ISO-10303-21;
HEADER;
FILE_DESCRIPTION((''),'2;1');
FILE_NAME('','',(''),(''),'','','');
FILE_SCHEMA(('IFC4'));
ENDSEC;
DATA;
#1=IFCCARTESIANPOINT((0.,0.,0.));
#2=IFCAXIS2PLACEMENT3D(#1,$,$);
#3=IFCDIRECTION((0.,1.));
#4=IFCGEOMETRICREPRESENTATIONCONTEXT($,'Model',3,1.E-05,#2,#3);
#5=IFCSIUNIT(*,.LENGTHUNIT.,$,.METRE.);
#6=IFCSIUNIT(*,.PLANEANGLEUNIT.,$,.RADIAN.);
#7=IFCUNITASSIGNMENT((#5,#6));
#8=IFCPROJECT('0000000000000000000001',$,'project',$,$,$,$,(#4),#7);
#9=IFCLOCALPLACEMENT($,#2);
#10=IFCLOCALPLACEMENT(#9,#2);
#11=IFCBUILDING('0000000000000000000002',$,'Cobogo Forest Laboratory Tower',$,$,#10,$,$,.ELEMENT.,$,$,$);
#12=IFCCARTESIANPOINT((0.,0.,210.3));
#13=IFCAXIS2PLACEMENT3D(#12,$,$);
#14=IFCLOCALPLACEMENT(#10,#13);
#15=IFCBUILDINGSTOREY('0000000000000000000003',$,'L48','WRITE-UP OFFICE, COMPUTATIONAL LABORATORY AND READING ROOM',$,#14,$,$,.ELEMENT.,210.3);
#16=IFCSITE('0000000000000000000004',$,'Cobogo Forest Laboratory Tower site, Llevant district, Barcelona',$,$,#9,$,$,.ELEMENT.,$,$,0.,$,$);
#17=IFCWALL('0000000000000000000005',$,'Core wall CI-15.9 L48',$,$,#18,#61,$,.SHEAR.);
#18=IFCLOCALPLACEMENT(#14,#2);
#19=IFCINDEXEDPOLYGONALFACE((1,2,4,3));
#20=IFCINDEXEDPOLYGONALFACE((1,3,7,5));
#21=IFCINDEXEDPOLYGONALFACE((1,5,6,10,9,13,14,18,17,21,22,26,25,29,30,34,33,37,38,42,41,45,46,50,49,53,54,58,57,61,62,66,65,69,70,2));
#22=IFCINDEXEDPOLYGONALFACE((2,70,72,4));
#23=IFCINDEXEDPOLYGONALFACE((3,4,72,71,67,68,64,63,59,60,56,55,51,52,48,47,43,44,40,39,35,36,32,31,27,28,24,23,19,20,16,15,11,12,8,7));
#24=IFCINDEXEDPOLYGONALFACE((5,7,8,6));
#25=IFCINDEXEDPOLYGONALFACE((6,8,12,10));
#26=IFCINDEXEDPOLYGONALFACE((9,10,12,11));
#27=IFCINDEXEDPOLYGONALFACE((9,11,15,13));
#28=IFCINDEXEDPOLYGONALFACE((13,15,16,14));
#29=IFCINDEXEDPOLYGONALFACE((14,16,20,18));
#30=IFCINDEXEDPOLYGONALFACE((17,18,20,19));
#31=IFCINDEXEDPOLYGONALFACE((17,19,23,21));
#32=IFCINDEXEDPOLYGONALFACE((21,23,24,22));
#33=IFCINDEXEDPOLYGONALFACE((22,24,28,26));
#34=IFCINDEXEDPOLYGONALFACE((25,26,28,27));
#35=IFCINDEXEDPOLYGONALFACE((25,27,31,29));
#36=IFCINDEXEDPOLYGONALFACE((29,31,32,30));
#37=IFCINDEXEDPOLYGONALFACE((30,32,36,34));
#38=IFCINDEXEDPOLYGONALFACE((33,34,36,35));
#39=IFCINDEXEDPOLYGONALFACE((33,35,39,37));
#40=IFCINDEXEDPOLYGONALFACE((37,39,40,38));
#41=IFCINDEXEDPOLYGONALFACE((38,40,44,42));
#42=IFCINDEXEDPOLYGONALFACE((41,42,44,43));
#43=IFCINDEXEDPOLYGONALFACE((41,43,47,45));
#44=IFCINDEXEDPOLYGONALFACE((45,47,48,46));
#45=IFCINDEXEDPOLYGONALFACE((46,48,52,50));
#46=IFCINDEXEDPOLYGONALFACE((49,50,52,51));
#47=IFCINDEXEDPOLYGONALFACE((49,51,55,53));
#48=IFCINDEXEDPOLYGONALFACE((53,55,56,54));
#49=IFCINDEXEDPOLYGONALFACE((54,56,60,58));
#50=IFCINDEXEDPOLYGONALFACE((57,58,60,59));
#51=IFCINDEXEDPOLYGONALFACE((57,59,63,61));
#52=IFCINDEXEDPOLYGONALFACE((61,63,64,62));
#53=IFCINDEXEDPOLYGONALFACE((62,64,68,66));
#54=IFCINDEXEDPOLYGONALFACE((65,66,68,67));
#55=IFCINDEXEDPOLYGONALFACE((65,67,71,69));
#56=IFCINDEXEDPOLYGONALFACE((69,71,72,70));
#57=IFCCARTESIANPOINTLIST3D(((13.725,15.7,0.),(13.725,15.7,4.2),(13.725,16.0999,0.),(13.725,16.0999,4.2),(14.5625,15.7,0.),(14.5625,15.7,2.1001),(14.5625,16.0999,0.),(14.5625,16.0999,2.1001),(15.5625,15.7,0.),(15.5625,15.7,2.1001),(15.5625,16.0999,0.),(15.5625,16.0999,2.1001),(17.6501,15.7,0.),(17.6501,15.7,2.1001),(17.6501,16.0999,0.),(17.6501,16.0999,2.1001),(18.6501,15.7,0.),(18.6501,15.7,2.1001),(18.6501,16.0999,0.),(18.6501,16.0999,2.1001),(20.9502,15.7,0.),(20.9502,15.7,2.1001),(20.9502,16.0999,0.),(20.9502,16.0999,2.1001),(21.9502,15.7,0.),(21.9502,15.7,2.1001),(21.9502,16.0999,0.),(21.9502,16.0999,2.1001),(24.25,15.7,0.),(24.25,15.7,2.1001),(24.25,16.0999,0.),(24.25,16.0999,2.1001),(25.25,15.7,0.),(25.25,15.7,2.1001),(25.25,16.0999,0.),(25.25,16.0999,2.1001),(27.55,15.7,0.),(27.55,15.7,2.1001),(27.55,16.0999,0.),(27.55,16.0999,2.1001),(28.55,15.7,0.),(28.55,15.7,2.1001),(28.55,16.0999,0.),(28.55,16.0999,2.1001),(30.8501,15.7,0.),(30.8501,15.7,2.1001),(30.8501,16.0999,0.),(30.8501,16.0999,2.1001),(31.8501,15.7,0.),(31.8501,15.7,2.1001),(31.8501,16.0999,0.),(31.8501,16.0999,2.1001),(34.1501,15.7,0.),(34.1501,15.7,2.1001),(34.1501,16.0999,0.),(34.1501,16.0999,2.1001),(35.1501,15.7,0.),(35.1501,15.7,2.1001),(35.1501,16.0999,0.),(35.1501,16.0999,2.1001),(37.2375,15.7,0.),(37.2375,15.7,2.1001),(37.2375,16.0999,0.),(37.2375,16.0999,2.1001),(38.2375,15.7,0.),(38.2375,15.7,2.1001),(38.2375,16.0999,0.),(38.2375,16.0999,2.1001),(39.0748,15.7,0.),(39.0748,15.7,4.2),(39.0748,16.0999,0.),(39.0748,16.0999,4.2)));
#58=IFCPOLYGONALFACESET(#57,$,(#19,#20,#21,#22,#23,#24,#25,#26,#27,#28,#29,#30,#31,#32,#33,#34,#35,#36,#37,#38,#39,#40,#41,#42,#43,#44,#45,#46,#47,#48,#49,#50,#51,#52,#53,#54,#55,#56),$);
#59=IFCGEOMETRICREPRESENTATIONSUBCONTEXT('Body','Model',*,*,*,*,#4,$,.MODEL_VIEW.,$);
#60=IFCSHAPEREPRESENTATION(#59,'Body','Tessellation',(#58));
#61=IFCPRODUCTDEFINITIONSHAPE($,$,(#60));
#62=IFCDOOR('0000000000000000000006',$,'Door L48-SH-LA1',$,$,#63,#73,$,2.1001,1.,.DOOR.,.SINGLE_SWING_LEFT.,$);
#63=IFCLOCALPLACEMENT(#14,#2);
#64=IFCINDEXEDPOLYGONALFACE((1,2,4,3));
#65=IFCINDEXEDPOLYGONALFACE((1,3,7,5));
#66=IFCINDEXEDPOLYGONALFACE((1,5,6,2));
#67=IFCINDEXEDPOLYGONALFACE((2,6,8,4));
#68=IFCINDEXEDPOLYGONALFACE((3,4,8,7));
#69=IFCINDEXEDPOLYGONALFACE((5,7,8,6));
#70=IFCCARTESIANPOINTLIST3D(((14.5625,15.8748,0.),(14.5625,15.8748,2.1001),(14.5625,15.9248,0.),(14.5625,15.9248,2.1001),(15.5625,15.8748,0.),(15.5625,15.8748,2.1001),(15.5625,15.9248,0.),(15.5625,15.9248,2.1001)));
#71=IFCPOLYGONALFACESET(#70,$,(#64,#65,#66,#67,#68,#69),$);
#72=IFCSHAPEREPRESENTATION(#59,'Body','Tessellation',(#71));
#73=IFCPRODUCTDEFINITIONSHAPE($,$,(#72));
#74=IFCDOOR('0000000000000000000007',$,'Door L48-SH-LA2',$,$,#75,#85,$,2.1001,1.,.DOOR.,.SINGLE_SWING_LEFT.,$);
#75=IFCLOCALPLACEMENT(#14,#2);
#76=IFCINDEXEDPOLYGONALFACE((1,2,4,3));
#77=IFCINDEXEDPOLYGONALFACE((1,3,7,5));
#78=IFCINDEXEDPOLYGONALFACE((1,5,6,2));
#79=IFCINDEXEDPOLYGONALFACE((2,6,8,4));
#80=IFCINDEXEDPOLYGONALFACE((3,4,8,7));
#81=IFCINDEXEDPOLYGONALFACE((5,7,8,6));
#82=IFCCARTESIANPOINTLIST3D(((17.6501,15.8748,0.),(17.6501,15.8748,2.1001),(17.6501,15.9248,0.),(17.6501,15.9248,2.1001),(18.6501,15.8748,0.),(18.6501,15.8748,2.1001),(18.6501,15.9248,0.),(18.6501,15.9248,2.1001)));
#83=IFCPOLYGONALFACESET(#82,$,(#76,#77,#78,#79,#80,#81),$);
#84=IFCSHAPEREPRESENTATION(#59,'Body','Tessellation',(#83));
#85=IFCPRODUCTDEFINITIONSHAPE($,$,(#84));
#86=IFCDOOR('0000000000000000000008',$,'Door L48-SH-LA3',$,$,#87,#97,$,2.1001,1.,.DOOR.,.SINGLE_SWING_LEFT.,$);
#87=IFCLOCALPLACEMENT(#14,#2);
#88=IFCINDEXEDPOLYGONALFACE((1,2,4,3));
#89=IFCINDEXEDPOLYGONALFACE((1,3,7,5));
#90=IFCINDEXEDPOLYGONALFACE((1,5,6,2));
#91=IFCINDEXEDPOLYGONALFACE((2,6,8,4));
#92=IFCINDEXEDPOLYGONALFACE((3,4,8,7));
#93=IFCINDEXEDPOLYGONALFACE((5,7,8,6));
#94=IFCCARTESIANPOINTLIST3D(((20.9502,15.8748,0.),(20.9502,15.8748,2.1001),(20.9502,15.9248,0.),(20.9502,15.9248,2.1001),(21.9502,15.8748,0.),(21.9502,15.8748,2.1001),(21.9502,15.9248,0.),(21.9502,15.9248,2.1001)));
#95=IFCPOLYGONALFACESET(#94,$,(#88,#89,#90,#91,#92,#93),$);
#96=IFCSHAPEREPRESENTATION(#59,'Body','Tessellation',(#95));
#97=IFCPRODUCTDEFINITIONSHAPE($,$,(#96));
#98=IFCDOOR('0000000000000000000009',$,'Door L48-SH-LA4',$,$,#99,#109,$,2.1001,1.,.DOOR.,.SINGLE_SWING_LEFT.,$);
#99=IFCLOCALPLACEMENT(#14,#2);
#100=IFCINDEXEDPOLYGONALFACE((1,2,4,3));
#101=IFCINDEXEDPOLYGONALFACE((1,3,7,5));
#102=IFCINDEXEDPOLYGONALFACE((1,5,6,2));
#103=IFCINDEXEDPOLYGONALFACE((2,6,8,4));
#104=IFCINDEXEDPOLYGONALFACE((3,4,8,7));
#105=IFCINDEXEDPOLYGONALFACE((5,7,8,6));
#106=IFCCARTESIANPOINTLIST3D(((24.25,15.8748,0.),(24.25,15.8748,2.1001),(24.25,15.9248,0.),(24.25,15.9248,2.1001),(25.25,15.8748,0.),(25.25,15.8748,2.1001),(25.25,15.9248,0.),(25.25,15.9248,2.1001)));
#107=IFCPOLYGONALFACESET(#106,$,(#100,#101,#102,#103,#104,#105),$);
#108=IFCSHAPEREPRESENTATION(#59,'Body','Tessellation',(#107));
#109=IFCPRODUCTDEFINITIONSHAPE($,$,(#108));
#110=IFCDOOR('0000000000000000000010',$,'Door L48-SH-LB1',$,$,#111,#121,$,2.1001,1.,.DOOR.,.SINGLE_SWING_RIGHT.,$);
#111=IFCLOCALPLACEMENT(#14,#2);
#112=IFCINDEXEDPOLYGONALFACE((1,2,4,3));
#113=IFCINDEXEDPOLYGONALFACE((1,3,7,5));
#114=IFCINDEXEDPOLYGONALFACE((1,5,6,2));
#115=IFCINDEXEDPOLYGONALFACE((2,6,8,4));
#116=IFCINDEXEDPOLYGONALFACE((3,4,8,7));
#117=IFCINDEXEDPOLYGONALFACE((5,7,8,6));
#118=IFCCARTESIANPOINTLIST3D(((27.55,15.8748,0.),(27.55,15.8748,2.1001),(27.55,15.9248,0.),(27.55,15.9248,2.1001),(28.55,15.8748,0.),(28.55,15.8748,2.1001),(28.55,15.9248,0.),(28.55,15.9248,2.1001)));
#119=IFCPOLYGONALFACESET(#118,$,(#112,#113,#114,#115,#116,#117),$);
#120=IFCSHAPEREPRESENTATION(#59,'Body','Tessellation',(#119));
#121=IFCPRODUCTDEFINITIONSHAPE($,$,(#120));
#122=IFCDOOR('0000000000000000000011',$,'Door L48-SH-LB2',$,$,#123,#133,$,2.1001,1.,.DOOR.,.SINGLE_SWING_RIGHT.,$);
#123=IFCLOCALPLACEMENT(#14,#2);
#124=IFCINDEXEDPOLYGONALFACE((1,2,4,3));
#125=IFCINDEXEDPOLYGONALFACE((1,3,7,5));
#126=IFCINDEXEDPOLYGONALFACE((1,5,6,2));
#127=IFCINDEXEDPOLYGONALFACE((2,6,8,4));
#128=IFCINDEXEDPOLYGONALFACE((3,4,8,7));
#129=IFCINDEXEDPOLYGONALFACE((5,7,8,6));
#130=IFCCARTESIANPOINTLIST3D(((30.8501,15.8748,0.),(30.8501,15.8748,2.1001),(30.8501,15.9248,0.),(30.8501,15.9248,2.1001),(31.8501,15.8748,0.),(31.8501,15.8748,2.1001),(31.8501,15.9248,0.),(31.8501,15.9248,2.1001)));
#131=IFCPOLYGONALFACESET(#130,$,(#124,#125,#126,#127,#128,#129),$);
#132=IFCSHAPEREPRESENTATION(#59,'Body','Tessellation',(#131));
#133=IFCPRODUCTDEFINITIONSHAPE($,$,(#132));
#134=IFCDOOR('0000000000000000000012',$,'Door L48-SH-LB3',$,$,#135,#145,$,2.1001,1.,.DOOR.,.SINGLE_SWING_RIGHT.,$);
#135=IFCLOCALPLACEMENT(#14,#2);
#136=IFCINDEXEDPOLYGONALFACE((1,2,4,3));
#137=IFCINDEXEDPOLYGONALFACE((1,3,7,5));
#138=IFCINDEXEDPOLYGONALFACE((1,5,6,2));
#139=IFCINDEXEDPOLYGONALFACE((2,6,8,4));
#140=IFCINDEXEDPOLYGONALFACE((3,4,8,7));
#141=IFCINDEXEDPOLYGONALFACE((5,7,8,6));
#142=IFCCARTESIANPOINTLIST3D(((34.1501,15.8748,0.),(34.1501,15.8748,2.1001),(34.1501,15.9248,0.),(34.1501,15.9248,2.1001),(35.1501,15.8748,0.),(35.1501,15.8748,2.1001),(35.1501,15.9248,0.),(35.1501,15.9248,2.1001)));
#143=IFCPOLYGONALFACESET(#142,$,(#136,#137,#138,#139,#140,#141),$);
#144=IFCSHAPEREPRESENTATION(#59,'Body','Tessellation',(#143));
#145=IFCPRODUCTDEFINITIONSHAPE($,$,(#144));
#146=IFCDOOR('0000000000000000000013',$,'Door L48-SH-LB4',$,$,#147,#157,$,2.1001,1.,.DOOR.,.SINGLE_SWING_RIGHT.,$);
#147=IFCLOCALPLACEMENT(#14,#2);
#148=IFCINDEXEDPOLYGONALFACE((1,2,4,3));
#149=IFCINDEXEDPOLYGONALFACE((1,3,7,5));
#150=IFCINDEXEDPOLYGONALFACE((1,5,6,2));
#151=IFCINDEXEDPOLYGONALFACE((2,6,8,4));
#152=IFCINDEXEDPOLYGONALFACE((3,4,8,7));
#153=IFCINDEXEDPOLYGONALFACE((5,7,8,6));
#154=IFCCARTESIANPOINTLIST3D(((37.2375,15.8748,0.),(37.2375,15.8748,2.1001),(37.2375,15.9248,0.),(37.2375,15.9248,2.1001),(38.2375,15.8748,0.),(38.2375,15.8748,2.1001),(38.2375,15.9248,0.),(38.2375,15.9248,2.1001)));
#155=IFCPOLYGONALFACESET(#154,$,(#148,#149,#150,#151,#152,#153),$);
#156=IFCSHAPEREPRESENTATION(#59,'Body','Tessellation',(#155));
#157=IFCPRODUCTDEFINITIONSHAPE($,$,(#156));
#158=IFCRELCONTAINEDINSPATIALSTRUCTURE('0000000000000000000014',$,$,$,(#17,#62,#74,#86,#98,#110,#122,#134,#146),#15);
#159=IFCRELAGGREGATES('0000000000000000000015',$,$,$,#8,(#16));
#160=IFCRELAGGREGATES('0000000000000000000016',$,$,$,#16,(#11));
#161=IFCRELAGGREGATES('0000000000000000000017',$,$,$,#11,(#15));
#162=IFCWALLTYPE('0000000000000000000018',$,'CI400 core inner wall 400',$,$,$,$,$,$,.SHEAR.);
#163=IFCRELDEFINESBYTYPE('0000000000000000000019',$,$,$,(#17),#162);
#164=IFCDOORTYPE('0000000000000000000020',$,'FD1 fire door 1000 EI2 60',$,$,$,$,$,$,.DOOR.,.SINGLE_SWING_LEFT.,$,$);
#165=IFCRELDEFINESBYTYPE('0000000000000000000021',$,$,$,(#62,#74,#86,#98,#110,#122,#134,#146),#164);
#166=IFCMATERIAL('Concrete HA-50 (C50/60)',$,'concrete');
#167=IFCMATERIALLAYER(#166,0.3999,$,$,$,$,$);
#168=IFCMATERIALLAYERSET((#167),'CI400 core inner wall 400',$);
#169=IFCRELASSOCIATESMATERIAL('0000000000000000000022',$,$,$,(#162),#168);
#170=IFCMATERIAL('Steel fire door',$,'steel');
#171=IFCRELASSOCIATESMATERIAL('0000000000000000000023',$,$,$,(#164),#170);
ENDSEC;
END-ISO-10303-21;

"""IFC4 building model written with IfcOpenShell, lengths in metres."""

from ifc_helpers import new_model, si_unit, direction, frame, frame_2d, origin, place, context, subcontext, project, spatial, rectangle, extrude, material, layer, layer_set, type_object, element, fill, save


model = new_model("IFC4")

# Units and contexts
model_context = context("Model", 3, precision=1e-05, world=origin(), true_north=direction((0.0, 1.0)))
body_context = subcontext(model_context, "Body", "Model", "MODEL_VIEW")
ifc_project = project(units=[si_unit("LENGTHUNIT", "METRE"), si_unit("PLANEANGLEUNIT", "RADIAN")], contexts=[model_context])

# Site, building, storey
site_placement = place(None, origin())
site = spatial("IfcSite", under=ifc_project, at=site_placement, Name="Cobogo Forest Laboratory Tower site, Llevant district, Barcelona", CompositionType="ELEMENT", RefElevation=0.0)
building_placement = place(site_placement, origin())
building = spatial("IfcBuilding", under=site, at=building_placement, Name="Cobogo Forest Laboratory Tower", CompositionType="ELEMENT")
storey_placement = place(building_placement, frame((0.0, 0.0, 210.3)))
storey = spatial("IfcBuildingStorey", under=building, at=storey_placement, Name="L48", Description="WRITE-UP OFFICE, COMPUTATIONAL LABORATORY AND READING ROOM", CompositionType="ELEMENT", Elevation=210.3)

# Wall, openings, doors
ifc_material_1 = material(Name="Concrete HA-50 (C50/60)", Category="concrete")
ifc_layer = layer(ifc_material_1, 0.3999)
ifc_layer_set = layer_set([ifc_layer], Name="CI400 core inner wall 400")
wall_type = type_object("IfcWallType", Name="CI400 core inner wall 400", PredefinedType="SHEAR", material=ifc_layer_set)
wall_1_placement = place(storey_placement, frame((13.7251, 15.8999, 0.0), z_axis=(0.0, 0.0, 1.0), x_axis=(1.0, 0.0, 0.0)))
wall_1 = element("IfcWall", 1, at=wall_1_placement, inside=storey, type_object=wall_type, Name="Core wall CI-15.9 L48", PredefinedType="SHEAR", context=body_context, shape_type="SweptSolid", body=[
    extrude(rectangle(XDim=25.3499, YDim=0.3999, at=frame_2d((12.6748, 0.0))), origin(), (0.0, 0.0, 1.0), 4.2),
])
opening_1_placement = place(wall_1_placement, frame((0.8374, 0.0, 0.0)))
opening_1 = element("IfcOpeningElement", 2, at=opening_1_placement, cuts=wall_1, PredefinedType="OPENING", context=body_context, shape_type="SweptSolid", body=[
    extrude(rectangle(XDim=1.0, YDim=2.1001, at=frame_2d((0.5, 1.05))), frame((0.0, 0.21, 0.0), z_axis=(0.0, -1.0, 0.0), x_axis=(1.0, 0.0, 0.0)), (0.0, 0.0, 1.0), 0.4199),
])
opening_2_placement = place(wall_1_placement, frame((3.925, 0.0, 0.0)))
opening_2 = element("IfcOpeningElement", 3, at=opening_2_placement, cuts=wall_1, PredefinedType="OPENING", context=body_context, shape_type="SweptSolid", body=[
    extrude(rectangle(XDim=1.0, YDim=2.1001, at=frame_2d((0.5, 1.05))), frame((0.0, 0.21, 0.0), z_axis=(0.0, -1.0, 0.0), x_axis=(1.0, 0.0, 0.0)), (0.0, 0.0, 1.0), 0.4199),
])
opening_3_placement = place(wall_1_placement, frame((7.2251, 0.0, 0.0)))
opening_3 = element("IfcOpeningElement", 4, at=opening_3_placement, cuts=wall_1, PredefinedType="OPENING", context=body_context, shape_type="SweptSolid", body=[
    extrude(rectangle(XDim=1.0, YDim=2.1001, at=frame_2d((0.5, 1.05))), frame((0.0, 0.21, 0.0), z_axis=(0.0, -1.0, 0.0), x_axis=(1.0, 0.0, 0.0)), (0.0, 0.0, 1.0), 0.4199),
])
opening_4_placement = place(wall_1_placement, frame((10.5249, 0.0, 0.0)))
opening_4 = element("IfcOpeningElement", 5, at=opening_4_placement, cuts=wall_1, PredefinedType="OPENING", context=body_context, shape_type="SweptSolid", body=[
    extrude(rectangle(XDim=1.0, YDim=2.1001, at=frame_2d((0.5, 1.05))), frame((0.0, 0.21, 0.0), z_axis=(0.0, -1.0, 0.0), x_axis=(1.0, 0.0, 0.0)), (0.0, 0.0, 1.0), 0.4199),
])
opening_5_placement = place(wall_1_placement, frame((13.825, 0.0, 0.0)))
opening_5 = element("IfcOpeningElement", 6, at=opening_5_placement, cuts=wall_1, PredefinedType="OPENING", context=body_context, shape_type="SweptSolid", body=[
    extrude(rectangle(XDim=1.0, YDim=2.1001, at=frame_2d((0.5, 1.05))), frame((0.0, 0.21, 0.0), z_axis=(0.0, -1.0, 0.0), x_axis=(1.0, 0.0, 0.0)), (0.0, 0.0, 1.0), 0.4199),
])
opening_6_placement = place(wall_1_placement, frame((17.125, 0.0, 0.0)))
opening_6 = element("IfcOpeningElement", 7, at=opening_6_placement, cuts=wall_1, PredefinedType="OPENING", context=body_context, shape_type="SweptSolid", body=[
    extrude(rectangle(XDim=1.0, YDim=2.1001, at=frame_2d((0.5, 1.05))), frame((0.0, 0.21, 0.0), z_axis=(0.0, -1.0, 0.0), x_axis=(1.0, 0.0, 0.0)), (0.0, 0.0, 1.0), 0.4199),
])
opening_7_placement = place(wall_1_placement, frame((20.425, 0.0, 0.0)))
opening_7 = element("IfcOpeningElement", 8, at=opening_7_placement, cuts=wall_1, PredefinedType="OPENING", context=body_context, shape_type="SweptSolid", body=[
    extrude(rectangle(XDim=1.0, YDim=2.1001, at=frame_2d((0.5, 1.05))), frame((0.0, 0.21, 0.0), z_axis=(0.0, -1.0, 0.0), x_axis=(1.0, 0.0, 0.0)), (0.0, 0.0, 1.0), 0.4199),
])
opening_8_placement = place(wall_1_placement, frame((23.5125, 0.0, 0.0)))
opening_8 = element("IfcOpeningElement", 9, at=opening_8_placement, cuts=wall_1, PredefinedType="OPENING", context=body_context, shape_type="SweptSolid", body=[
    extrude(rectangle(XDim=1.0, YDim=2.1001, at=frame_2d((0.5, 1.05))), frame((0.0, 0.21, 0.0), z_axis=(0.0, -1.0, 0.0), x_axis=(1.0, 0.0, 0.0)), (0.0, 0.0, 1.0), 0.4199),
])
ifc_material_2 = material(Name="Steel fire door", Category="steel")
door_type_1 = type_object("IfcDoorType", Name="FD1 fire door 1000 EI2 60", OperationType="SINGLE_SWING_LEFT", PredefinedType="DOOR", material=ifc_material_2)
door_1_placement = place(opening_1_placement, origin())
door_1 = element("IfcDoor", 10, at=door_1_placement, inside=storey, type_object=door_type_1, Name="Door L48-SH-LA1", OperationType="SINGLE_SWING_LEFT", OverallHeight=2.1001, OverallWidth=1.0, PredefinedType="DOOR", context=body_context, shape_type="SweptSolid", body=[
    extrude(rectangle(XDim=1.0, YDim=2.1001, at=frame_2d((0.5, 1.05))), frame((0.0, 0.0249, 0.0), z_axis=(0.0, -1.0, 0.0), x_axis=(1.0, 0.0, 0.0)), (0.0, 0.0, 1.0), 0.05),
])
fill(opening_1, door_1)
door_2_placement = place(opening_2_placement, origin())
door_2 = element("IfcDoor", 11, at=door_2_placement, inside=storey, type_object=door_type_1, Name="Door L48-SH-LA2", OperationType="SINGLE_SWING_LEFT", OverallHeight=2.1001, OverallWidth=1.0, PredefinedType="DOOR", context=body_context, shape_type="SweptSolid", body=[
    extrude(rectangle(XDim=1.0, YDim=2.1001, at=frame_2d((0.5, 1.05))), frame((0.0, 0.0249, 0.0), z_axis=(0.0, -1.0, 0.0), x_axis=(1.0, 0.0, 0.0)), (0.0, 0.0, 1.0), 0.05),
])
fill(opening_2, door_2)
door_3_placement = place(opening_3_placement, origin())
door_3 = element("IfcDoor", 12, at=door_3_placement, inside=storey, type_object=door_type_1, Name="Door L48-SH-LA3", OperationType="SINGLE_SWING_LEFT", OverallHeight=2.1001, OverallWidth=1.0, PredefinedType="DOOR", context=body_context, shape_type="SweptSolid", body=[
    extrude(rectangle(XDim=1.0, YDim=2.1001, at=frame_2d((0.5, 1.05))), frame((0.0, 0.0249, 0.0), z_axis=(0.0, -1.0, 0.0), x_axis=(1.0, 0.0, 0.0)), (0.0, 0.0, 1.0), 0.05),
])
fill(opening_3, door_3)
door_4_placement = place(opening_4_placement, origin())
door_4 = element("IfcDoor", 13, at=door_4_placement, inside=storey, type_object=door_type_1, Name="Door L48-SH-LA4", OperationType="SINGLE_SWING_LEFT", OverallHeight=2.1001, OverallWidth=1.0, PredefinedType="DOOR", context=body_context, shape_type="SweptSolid", body=[
    extrude(rectangle(XDim=1.0, YDim=2.1001, at=frame_2d((0.5, 1.05))), frame((0.0, 0.0249, 0.0), z_axis=(0.0, -1.0, 0.0), x_axis=(1.0, 0.0, 0.0)), (0.0, 0.0, 1.0), 0.05),
])
fill(opening_4, door_4)
door_5_placement = place(opening_5_placement, origin())
door_5 = element("IfcDoor", 14, at=door_5_placement, inside=storey, type_object=door_type_1, Name="Door L48-SH-LB1", OperationType="SINGLE_SWING_RIGHT", OverallHeight=2.1001, OverallWidth=1.0, PredefinedType="DOOR", context=body_context, shape_type="SweptSolid", body=[
    extrude(rectangle(XDim=1.0, YDim=2.1001, at=frame_2d((0.5, 1.05))), frame((0.0, 0.0249, 0.0), z_axis=(0.0, -1.0, 0.0), x_axis=(1.0, 0.0, 0.0)), (0.0, 0.0, 1.0), 0.05),
])
fill(opening_5, door_5)
door_6_placement = place(opening_6_placement, origin())
door_6 = element("IfcDoor", 15, at=door_6_placement, inside=storey, type_object=door_type_1, Name="Door L48-SH-LB2", OperationType="SINGLE_SWING_RIGHT", OverallHeight=2.1001, OverallWidth=1.0, PredefinedType="DOOR", context=body_context, shape_type="SweptSolid", body=[
    extrude(rectangle(XDim=1.0, YDim=2.1001, at=frame_2d((0.5, 1.05))), frame((0.0, 0.0249, 0.0), z_axis=(0.0, -1.0, 0.0), x_axis=(1.0, 0.0, 0.0)), (0.0, 0.0, 1.0), 0.05),
])
fill(opening_6, door_6)
door_7_placement = place(opening_7_placement, origin())
door_7 = element("IfcDoor", 16, at=door_7_placement, inside=storey, type_object=door_type_1, Name="Door L48-SH-LB3", OperationType="SINGLE_SWING_RIGHT", OverallHeight=2.1001, OverallWidth=1.0, PredefinedType="DOOR", context=body_context, shape_type="SweptSolid", body=[
    extrude(rectangle(XDim=1.0, YDim=2.1001, at=frame_2d((0.5, 1.05))), frame((0.0, 0.0249, 0.0), z_axis=(0.0, -1.0, 0.0), x_axis=(1.0, 0.0, 0.0)), (0.0, 0.0, 1.0), 0.05),
])
fill(opening_7, door_7)
door_8_placement = place(opening_8_placement, origin())
door_8 = element("IfcDoor", 17, at=door_8_placement, inside=storey, type_object=door_type_1, Name="Door L48-SH-LB4", OperationType="SINGLE_SWING_RIGHT", OverallHeight=2.1001, OverallWidth=1.0, PredefinedType="DOOR", context=body_context, shape_type="SweptSolid", body=[
    extrude(rectangle(XDim=1.0, YDim=2.1001, at=frame_2d((0.5, 1.05))), frame((0.0, 0.0249, 0.0), z_axis=(0.0, -1.0, 0.0), x_axis=(1.0, 0.0, 0.0)), (0.0, 0.0, 1.0), 0.05),
])
fill(opening_8, door_8)

save(model, "model.ifc")
